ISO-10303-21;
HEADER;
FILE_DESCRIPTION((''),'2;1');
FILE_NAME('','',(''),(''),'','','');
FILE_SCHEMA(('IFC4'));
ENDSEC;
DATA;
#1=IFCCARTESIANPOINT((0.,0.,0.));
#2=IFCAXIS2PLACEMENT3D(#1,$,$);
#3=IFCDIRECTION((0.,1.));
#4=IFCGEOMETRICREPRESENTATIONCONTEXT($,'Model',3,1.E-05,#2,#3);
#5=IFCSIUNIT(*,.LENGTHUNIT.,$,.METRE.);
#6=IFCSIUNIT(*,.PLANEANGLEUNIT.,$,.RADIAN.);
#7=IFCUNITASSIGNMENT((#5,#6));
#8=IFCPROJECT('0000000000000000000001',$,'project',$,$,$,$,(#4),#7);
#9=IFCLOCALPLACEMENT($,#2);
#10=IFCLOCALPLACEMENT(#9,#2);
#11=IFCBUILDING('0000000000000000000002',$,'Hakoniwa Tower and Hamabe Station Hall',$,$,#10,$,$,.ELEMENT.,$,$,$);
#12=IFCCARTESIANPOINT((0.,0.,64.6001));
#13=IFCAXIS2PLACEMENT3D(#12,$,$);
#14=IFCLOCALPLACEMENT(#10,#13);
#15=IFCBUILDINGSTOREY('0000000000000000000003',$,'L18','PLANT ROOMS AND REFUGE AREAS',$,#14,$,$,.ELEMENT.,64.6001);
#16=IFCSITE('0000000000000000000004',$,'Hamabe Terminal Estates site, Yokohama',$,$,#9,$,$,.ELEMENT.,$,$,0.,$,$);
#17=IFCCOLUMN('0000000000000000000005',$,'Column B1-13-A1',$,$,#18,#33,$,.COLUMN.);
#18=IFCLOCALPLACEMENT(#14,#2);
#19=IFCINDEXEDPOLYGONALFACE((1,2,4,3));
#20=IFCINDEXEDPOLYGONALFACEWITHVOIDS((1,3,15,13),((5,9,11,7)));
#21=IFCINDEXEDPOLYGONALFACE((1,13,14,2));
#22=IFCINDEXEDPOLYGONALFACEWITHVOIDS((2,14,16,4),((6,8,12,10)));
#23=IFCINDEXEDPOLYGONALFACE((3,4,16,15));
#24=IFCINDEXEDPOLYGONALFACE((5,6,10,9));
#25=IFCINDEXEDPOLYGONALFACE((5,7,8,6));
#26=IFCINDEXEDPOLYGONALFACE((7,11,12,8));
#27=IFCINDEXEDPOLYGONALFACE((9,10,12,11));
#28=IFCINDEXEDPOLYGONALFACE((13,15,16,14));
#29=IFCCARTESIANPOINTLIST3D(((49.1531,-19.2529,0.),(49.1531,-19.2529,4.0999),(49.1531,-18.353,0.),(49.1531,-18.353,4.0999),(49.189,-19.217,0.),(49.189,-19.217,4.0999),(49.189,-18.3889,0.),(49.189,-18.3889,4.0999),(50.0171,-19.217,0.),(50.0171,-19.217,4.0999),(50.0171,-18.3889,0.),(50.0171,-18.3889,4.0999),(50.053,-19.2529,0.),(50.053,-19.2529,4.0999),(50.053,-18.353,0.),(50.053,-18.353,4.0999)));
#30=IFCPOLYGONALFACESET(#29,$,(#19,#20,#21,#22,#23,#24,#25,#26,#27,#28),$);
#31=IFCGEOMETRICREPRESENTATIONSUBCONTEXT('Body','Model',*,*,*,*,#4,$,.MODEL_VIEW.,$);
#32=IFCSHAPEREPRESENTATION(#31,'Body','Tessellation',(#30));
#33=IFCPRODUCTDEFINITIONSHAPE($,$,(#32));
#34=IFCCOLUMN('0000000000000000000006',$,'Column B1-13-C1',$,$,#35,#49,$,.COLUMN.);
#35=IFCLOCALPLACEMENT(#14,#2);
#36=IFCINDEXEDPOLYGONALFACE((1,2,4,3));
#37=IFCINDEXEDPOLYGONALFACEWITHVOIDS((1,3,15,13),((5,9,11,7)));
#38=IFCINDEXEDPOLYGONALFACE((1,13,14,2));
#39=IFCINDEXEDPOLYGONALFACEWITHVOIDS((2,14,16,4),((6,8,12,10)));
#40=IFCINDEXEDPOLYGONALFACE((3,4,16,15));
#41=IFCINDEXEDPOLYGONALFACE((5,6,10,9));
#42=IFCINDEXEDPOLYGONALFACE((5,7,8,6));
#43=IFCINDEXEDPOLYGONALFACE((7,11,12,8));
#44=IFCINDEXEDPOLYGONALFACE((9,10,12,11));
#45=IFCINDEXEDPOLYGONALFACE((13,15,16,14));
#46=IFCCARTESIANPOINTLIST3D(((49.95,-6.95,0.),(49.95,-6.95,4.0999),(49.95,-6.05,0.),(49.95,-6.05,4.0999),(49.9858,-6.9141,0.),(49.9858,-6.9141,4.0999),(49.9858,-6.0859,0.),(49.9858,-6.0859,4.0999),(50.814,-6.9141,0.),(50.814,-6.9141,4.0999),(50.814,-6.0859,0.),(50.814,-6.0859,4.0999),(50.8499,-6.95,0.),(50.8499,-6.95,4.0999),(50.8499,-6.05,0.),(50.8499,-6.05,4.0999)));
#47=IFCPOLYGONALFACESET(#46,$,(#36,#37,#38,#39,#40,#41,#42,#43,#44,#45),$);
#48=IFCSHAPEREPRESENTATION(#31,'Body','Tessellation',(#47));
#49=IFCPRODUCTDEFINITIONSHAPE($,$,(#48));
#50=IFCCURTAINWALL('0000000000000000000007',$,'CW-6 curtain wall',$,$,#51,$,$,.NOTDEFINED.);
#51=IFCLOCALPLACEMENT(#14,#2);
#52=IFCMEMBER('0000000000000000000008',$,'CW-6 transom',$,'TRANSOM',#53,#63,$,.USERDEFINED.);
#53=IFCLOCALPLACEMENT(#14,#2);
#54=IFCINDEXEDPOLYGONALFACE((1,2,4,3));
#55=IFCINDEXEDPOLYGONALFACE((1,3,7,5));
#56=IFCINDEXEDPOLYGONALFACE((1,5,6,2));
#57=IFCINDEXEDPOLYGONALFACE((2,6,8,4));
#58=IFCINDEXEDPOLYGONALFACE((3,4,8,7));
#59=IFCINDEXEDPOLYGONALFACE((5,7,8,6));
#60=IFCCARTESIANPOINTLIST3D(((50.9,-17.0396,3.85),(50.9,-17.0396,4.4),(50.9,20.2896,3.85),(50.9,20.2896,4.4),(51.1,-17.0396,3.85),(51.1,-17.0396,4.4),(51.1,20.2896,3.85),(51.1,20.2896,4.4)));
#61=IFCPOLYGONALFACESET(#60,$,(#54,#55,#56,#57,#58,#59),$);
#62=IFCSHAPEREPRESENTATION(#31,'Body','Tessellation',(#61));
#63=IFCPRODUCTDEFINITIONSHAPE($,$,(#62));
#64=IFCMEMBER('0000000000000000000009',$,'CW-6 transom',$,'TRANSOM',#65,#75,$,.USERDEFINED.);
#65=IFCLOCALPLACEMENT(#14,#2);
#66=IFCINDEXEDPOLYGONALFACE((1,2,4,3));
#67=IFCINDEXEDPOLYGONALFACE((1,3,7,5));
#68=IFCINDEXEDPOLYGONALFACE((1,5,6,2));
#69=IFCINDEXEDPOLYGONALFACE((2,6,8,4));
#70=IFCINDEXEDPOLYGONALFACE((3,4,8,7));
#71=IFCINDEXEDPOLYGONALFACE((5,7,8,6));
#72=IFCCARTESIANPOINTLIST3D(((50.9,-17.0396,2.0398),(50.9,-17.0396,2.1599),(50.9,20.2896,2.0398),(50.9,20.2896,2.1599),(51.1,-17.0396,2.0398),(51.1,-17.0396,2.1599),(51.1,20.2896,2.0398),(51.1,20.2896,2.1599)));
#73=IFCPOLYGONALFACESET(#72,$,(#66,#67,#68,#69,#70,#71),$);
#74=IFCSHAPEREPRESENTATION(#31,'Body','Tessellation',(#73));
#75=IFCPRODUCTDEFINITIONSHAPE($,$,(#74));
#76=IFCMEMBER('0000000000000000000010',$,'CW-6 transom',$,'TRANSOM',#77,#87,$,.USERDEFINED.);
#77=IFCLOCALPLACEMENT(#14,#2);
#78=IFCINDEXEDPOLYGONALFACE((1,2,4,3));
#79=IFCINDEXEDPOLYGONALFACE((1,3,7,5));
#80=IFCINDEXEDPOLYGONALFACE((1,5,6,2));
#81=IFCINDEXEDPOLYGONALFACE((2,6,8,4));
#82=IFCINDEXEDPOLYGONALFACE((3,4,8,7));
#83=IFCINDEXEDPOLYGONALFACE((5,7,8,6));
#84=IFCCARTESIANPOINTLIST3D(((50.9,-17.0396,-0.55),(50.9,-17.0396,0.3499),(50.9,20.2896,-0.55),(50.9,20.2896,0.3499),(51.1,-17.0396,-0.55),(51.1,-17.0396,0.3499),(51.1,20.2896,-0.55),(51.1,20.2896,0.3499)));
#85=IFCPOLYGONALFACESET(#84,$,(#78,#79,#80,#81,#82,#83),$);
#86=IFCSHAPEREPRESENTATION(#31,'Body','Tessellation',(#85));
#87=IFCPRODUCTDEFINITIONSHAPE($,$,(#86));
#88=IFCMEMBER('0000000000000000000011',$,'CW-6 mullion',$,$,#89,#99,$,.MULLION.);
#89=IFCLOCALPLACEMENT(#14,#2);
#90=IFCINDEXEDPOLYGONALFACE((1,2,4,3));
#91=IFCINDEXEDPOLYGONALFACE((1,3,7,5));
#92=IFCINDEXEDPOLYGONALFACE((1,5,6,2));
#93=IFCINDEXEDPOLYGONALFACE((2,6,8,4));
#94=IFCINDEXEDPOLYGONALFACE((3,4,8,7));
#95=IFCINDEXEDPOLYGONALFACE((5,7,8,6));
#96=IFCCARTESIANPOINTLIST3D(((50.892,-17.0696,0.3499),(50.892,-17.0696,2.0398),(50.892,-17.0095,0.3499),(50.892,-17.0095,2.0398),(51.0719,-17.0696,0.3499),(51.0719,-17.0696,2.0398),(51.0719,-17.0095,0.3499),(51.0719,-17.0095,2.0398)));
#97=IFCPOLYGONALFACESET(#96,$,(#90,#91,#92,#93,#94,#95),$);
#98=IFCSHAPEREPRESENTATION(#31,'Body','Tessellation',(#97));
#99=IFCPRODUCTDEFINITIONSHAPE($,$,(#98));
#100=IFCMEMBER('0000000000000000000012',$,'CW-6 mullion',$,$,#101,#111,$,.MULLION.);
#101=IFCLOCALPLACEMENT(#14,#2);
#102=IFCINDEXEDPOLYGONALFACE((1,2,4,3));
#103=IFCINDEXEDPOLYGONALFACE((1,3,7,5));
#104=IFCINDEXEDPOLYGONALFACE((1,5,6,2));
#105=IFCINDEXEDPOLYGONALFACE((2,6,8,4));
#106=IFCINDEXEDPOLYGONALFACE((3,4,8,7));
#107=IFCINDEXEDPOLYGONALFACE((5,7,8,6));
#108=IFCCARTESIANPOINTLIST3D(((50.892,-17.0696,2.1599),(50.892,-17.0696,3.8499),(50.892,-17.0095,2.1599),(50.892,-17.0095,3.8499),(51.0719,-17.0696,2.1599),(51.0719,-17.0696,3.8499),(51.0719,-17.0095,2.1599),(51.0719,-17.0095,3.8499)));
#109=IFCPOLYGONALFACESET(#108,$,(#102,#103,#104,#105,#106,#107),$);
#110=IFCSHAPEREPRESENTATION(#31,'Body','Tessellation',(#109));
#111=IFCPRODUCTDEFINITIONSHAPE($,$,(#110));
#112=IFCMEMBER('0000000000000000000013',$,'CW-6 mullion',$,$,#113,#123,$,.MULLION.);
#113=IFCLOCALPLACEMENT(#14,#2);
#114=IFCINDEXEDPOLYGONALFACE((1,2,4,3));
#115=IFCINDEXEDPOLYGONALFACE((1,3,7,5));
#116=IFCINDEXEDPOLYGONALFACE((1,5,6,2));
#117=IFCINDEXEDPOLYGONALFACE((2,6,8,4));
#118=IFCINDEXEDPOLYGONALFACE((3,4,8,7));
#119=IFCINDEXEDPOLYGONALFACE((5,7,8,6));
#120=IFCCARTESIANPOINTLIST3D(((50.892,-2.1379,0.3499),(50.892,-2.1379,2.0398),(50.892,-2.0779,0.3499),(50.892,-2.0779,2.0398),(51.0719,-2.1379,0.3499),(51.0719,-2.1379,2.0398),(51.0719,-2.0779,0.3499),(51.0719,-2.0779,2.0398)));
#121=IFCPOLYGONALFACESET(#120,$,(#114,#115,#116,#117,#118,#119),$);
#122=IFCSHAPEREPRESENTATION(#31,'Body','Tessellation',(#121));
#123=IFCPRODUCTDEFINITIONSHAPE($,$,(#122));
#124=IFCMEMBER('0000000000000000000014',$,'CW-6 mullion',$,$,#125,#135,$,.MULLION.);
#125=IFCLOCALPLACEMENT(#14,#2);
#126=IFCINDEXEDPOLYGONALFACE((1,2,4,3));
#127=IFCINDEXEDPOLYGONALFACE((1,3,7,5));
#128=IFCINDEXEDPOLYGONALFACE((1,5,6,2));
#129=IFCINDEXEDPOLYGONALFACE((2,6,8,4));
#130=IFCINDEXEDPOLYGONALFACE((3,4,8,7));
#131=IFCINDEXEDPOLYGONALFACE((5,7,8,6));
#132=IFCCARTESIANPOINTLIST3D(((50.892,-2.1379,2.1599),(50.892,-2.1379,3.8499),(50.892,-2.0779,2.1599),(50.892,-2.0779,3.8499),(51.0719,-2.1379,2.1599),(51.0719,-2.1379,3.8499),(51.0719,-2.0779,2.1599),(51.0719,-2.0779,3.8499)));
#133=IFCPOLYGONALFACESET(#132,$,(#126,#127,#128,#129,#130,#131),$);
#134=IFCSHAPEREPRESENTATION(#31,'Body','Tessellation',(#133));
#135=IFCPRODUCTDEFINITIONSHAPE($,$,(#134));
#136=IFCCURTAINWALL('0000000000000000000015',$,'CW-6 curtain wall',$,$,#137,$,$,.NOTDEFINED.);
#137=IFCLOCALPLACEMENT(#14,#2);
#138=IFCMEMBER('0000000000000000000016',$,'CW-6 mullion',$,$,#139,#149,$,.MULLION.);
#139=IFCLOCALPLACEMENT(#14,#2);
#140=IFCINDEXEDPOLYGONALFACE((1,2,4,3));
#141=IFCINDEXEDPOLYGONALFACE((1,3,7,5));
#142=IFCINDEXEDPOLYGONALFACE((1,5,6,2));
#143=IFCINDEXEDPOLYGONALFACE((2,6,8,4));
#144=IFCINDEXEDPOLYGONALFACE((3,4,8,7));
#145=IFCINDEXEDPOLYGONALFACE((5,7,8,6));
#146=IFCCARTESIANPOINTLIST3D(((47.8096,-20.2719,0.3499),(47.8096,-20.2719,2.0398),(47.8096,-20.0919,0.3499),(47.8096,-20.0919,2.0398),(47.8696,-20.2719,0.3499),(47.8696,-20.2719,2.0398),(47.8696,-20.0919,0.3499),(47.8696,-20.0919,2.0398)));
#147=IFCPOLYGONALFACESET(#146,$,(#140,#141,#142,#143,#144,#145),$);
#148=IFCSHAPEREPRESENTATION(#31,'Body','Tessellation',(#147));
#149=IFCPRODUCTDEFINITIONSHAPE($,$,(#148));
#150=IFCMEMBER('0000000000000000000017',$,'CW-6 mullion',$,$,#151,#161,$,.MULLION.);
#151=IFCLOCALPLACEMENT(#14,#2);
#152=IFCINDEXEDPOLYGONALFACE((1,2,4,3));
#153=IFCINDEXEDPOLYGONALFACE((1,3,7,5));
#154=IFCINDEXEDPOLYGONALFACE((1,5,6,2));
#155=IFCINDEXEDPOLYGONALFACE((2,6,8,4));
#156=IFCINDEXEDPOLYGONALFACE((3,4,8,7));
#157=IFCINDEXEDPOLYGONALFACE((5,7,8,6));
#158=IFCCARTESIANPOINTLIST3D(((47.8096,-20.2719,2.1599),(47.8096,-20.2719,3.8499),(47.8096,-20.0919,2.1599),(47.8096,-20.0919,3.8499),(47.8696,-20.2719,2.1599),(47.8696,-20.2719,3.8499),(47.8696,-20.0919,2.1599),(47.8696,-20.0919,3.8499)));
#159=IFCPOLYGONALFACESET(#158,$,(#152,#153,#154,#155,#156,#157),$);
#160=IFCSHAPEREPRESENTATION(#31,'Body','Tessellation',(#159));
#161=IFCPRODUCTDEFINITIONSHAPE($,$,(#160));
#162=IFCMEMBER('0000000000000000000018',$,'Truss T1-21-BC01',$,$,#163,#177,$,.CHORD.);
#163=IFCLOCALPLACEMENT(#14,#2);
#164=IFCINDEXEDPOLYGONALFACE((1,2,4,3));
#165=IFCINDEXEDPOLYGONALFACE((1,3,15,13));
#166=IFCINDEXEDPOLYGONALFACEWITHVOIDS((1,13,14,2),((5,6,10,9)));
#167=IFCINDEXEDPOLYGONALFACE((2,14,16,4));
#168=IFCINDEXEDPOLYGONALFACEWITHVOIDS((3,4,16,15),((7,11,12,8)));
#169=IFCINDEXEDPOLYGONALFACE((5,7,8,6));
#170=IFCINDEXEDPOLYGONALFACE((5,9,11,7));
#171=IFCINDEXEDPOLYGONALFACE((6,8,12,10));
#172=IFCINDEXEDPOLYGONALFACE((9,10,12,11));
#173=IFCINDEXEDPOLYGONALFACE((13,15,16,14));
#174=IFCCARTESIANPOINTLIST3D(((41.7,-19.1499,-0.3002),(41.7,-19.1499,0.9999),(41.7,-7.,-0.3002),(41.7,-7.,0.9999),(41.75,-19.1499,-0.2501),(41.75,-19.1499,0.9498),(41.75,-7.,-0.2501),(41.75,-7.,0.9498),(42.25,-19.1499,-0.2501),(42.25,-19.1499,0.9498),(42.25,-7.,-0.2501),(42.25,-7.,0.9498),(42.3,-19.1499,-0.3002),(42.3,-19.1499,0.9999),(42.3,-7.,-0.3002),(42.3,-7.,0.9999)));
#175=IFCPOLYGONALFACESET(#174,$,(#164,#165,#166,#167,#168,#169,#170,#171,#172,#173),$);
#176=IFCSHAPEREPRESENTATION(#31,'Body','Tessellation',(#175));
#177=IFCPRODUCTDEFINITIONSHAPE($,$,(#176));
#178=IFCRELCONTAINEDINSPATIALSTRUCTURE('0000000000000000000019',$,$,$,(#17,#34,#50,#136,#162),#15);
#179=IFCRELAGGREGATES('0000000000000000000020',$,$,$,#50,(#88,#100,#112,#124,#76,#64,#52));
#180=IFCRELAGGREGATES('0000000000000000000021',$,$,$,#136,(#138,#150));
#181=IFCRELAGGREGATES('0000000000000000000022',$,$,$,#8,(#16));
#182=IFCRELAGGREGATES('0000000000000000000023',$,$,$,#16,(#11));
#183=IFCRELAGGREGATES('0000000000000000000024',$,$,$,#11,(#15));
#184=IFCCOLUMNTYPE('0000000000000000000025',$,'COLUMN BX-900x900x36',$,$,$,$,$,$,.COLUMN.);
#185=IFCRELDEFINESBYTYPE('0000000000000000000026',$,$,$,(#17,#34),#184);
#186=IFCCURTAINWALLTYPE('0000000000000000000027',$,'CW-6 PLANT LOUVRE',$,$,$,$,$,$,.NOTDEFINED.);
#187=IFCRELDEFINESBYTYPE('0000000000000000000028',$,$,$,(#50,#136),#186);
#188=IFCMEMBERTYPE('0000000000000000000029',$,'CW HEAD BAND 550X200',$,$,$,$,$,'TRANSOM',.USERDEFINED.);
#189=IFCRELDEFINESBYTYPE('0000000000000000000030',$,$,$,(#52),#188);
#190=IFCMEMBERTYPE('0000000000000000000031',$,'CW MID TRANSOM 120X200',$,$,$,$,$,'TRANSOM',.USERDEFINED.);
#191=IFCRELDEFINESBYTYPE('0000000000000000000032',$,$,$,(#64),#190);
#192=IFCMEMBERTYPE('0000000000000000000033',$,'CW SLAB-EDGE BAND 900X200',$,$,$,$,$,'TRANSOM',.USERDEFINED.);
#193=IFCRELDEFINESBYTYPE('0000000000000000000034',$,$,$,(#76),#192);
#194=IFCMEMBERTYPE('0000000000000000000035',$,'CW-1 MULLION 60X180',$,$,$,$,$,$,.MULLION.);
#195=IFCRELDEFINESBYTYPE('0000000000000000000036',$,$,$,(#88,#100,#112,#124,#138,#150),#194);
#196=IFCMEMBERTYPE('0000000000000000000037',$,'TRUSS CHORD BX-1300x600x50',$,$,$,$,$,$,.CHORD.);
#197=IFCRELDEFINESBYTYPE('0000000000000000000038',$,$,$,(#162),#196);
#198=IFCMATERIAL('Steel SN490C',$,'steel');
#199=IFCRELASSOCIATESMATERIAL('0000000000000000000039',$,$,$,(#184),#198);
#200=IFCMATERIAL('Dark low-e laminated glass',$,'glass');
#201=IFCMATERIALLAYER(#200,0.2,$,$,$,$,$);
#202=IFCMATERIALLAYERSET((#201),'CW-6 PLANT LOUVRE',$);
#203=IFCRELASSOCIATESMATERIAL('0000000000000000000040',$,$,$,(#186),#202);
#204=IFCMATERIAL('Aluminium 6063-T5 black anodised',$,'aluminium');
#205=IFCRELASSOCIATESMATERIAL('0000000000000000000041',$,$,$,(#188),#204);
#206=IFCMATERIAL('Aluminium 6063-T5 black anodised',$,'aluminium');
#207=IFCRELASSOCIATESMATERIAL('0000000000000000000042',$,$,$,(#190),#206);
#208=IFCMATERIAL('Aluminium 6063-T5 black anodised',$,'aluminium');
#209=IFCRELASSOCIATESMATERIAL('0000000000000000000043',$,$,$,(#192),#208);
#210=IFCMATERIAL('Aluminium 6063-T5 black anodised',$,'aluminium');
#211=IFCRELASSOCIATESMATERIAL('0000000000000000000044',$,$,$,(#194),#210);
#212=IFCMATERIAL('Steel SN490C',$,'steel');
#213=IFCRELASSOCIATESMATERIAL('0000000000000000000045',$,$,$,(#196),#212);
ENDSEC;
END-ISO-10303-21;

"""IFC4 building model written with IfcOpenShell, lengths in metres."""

from ifc_helpers import new_model, si_unit, direction, frame, origin, origin_2d, place, context, subcontext, project, spatial, rectangle, hollow_rectangle, extrude, material, layer, layer_set, material_profile, profile_set, type_object, element, aggregate, save


model = new_model("IFC4")

# Units and contexts
model_context = context("Model", 3, precision=1e-05, world=origin(), true_north=direction((0.0, 1.0)))
body_context = subcontext(model_context, "Body", "Model", "MODEL_VIEW")
ifc_project = project(units=[si_unit("LENGTHUNIT", "METRE"), si_unit("PLANEANGLEUNIT", "RADIAN")], contexts=[model_context])

# Site, building, storey
site_placement = place(None, origin())
site = spatial("IfcSite", under=ifc_project, at=site_placement, Name="Hamabe Terminal Estates site, Yokohama", CompositionType="ELEMENT", RefElevation=0.0)
building_placement = place(site_placement, origin())
building = spatial("IfcBuilding", under=site, at=building_placement, Name="Hakoniwa Tower and Hamabe Station Hall", CompositionType="ELEMENT")
storey_placement = place(building_placement, frame((0.0, 0.0, 64.6001)))
storey = spatial("IfcBuildingStorey", under=building, at=storey_placement, Name="L18", Description="PLANT ROOMS AND REFUGE AREAS", CompositionType="ELEMENT", Elevation=64.6001)

# Columns
ifc_material_1 = material(Name="Steel SN490C", Category="steel")
ifc_material_profile_1 = material_profile(ifc_material_1, hollow_rectangle(XDim=0.8999, YDim=0.8999, WallThickness=0.0359, at=origin_2d()), Name="BX-900x900x36")
ifc_profile_set_1 = profile_set([ifc_material_profile_1], Name="Steel SN490C")
column_type = type_object("IfcColumnType", Name="COLUMN BX-900x900x36", PredefinedType="COLUMN", material=ifc_profile_set_1)
for number, where, z_axis, x_axis, name in (
    (1, (49.603, -18.803, 0.0), (0.0, 0.0, 1.0), (1.0, 0.0, 0.0), "Column B1-13-A1"),
    (2, (50.3999, -6.5, 0.0), (0.0, 0.0, 1.0), (1.0, 0.0, 0.0), "Column B1-13-C1"),
):
    element("IfcColumn", number, at=place(storey_placement, frame(where, z_axis=z_axis, x_axis=x_axis)), inside=storey, type_object=column_type, Name=name, PredefinedType="COLUMN", context=body_context, shape_type="SweptSolid", body=[
        extrude(hollow_rectangle(XDim=0.8999, YDim=0.8999, WallThickness=0.0359, at=origin_2d()), origin(), (0.0, 0.0, 1.0), 4.0999),
    ])

# Curtain walls, members
ifc_material_2 = material(Name="Dark low-e laminated glass", Category="glass")
ifc_layer_1 = layer(ifc_material_2, 0.2)
ifc_layer_set_1 = layer_set([ifc_layer_1], Name="CW-6 PLANT LOUVRE")
curtain_wall_type = type_object("IfcCurtainWallType", Name="CW-6 PLANT LOUVRE", PredefinedType="NOTDEFINED", material=ifc_layer_set_1)
curtain_wall_1_placement = place(storey_placement, origin())
curtain_wall_1 = element("IfcCurtainWall", 3, at=curtain_wall_1_placement, inside=storey, type_object=curtain_wall_type, Name="CW-6 curtain wall", PredefinedType="NOTDEFINED")
ifc_material_3 = material(Name="Aluminium 6063-T5 black anodised", Category="aluminium")
ifc_material_profile_2 = material_profile(ifc_material_3, rectangle(XDim=0.2, YDim=0.55, at=origin_2d()), Name="CW HEAD BAND 550X200")
ifc_profile_set_2 = profile_set([ifc_material_profile_2], Name="Aluminium 6063-T5 black anodised")
member_type_1 = type_object("IfcMemberType", Name="CW HEAD BAND 550X200", ElementType="TRANSOM", PredefinedType="USERDEFINED", material=ifc_profile_set_2)
member_1_placement = place(storey_placement, frame((51.0, -17.0396, 4.125), z_axis=(0.0, 1.0, 0.0), x_axis=(-1.0, 0.0, 0.0)))
member_1 = element("IfcMember", 4, at=member_1_placement, type_object=member_type_1, Name="CW-6 transom", ObjectType="TRANSOM", PredefinedType="USERDEFINED", context=body_context, shape_type="SweptSolid", body=[
    extrude(rectangle(XDim=0.2, YDim=0.55, at=origin_2d()), origin(), (0.0, 0.0, 1.0), 37.3291),
])
ifc_material_4 = material(Name="Aluminium 6063-T5 black anodised", Category="aluminium")
ifc_material_profile_3 = material_profile(ifc_material_4, rectangle(XDim=0.2, YDim=0.1201, at=origin_2d()), Name="CW MID TRANSOM 120X200")
ifc_profile_set_3 = profile_set([ifc_material_profile_3], Name="Aluminium 6063-T5 black anodised")
member_type_2 = type_object("IfcMemberType", Name="CW MID TRANSOM 120X200", ElementType="TRANSOM", PredefinedType="USERDEFINED", material=ifc_profile_set_3)
member_2_placement = place(storey_placement, frame((51.0, -17.0396, 2.0999), z_axis=(0.0, 1.0, 0.0), x_axis=(-1.0, 0.0, 0.0)))
member_2 = element("IfcMember", 5, at=member_2_placement, type_object=member_type_2, Name="CW-6 transom", ObjectType="TRANSOM", PredefinedType="USERDEFINED", context=body_context, shape_type="SweptSolid", body=[
    extrude(rectangle(XDim=0.2, YDim=0.1201, at=origin_2d()), origin(), (0.0, 0.0, 1.0), 37.3291),
])
ifc_material_5 = material(Name="Aluminium 6063-T5 black anodised", Category="aluminium")
ifc_material_profile_4 = material_profile(ifc_material_5, rectangle(XDim=0.2, YDim=0.8999, at=origin_2d()), Name="CW SLAB-EDGE BAND 900X200")
ifc_profile_set_4 = profile_set([ifc_material_profile_4], Name="Aluminium 6063-T5 black anodised")
member_type_3 = type_object("IfcMemberType", Name="CW SLAB-EDGE BAND 900X200", ElementType="TRANSOM", PredefinedType="USERDEFINED", material=ifc_profile_set_4)
member_3_placement = place(storey_placement, frame((51.0, -17.0396, -0.1001), z_axis=(0.0, 1.0, 0.0), x_axis=(-1.0, 0.0, 0.0)))
member_3 = element("IfcMember", 6, at=member_3_placement, type_object=member_type_3, Name="CW-6 transom", ObjectType="TRANSOM", PredefinedType="USERDEFINED", context=body_context, shape_type="SweptSolid", body=[
    extrude(rectangle(XDim=0.2, YDim=0.8999, at=origin_2d()), origin(), (0.0, 0.0, 1.0), 37.3291),
])
ifc_material_6 = material(Name="Aluminium 6063-T5 black anodised", Category="aluminium")
ifc_material_profile_5 = material_profile(ifc_material_6, rectangle(XDim=0.0601, YDim=0.1799, at=origin_2d()), Name="CW-1 MULLION 60X180")
ifc_profile_set_5 = profile_set([ifc_material_profile_5], Name="Aluminium 6063-T5 black anodised")
member_type_4 = type_object("IfcMemberType", Name="CW-1 MULLION 60X180", PredefinedType="MULLION", material=ifc_profile_set_5)
member_4_placement = place(storey_placement, frame((50.9819, -17.0396, 0.3499), z_axis=(0.0, 0.0, 1.0), x_axis=(0.0, 1.0, 0.0)))
member_4 = element("IfcMember", 7, at=member_4_placement, type_object=member_type_4, Name="CW-6 mullion", PredefinedType="MULLION", context=body_context, shape_type="SweptSolid", body=[
    extrude(rectangle(XDim=0.0601, YDim=0.1799, at=origin_2d()), origin(), (0.0, 0.0, 1.0), 1.6899),
])
member_5_placement = place(storey_placement, frame((50.9819, -17.0396, 2.1599), z_axis=(0.0, 0.0, 1.0), x_axis=(0.0, 1.0, 0.0)))
member_5 = element("IfcMember", 8, at=member_5_placement, type_object=member_type_4, Name="CW-6 mullion", PredefinedType="MULLION", context=body_context, shape_type="SweptSolid", body=[
    extrude(rectangle(XDim=0.0601, YDim=0.1799, at=origin_2d()), origin(), (0.0, 0.0, 1.0), 1.6899),
])
member_6_placement = place(storey_placement, frame((50.9819, -2.1079, 0.3499), z_axis=(0.0, 0.0, 1.0), x_axis=(0.0, 1.0, 0.0)))
member_6 = element("IfcMember", 9, at=member_6_placement, type_object=member_type_4, Name="CW-6 mullion", PredefinedType="MULLION", context=body_context, shape_type="SweptSolid", body=[
    extrude(rectangle(XDim=0.0601, YDim=0.1799, at=origin_2d()), origin(), (0.0, 0.0, 1.0), 1.6899),
])
member_7_placement = place(storey_placement, frame((50.9819, -2.1079, 2.1599), z_axis=(0.0, 0.0, 1.0), x_axis=(0.0, 1.0, 0.0)))
member_7 = element("IfcMember", 10, at=member_7_placement, type_object=member_type_4, Name="CW-6 mullion", PredefinedType="MULLION", context=body_context, shape_type="SweptSolid", body=[
    extrude(rectangle(XDim=0.0601, YDim=0.1799, at=origin_2d()), origin(), (0.0, 0.0, 1.0), 1.6899),
])
curtain_wall_2_placement = place(storey_placement, origin())
curtain_wall_2 = element("IfcCurtainWall", 11, at=curtain_wall_2_placement, inside=storey, type_object=curtain_wall_type, Name="CW-6 curtain wall", PredefinedType="NOTDEFINED")
member_8_placement = place(storey_placement, frame((47.8396, -20.1819, 0.3499), z_axis=(0.0, 0.0, 1.0), x_axis=(1.0, 0.0, 0.0)))
member_8 = element("IfcMember", 12, at=member_8_placement, type_object=member_type_4, Name="CW-6 mullion", PredefinedType="MULLION", context=body_context, shape_type="SweptSolid", body=[
    extrude(rectangle(XDim=0.0601, YDim=0.1799, at=origin_2d()), origin(), (0.0, 0.0, 1.0), 1.6899),
])
member_9_placement = place(storey_placement, frame((47.8396, -20.1819, 2.1599), z_axis=(0.0, 0.0, 1.0), x_axis=(1.0, 0.0, 0.0)))
member_9 = element("IfcMember", 13, at=member_9_placement, type_object=member_type_4, Name="CW-6 mullion", PredefinedType="MULLION", context=body_context, shape_type="SweptSolid", body=[
    extrude(rectangle(XDim=0.0601, YDim=0.1799, at=origin_2d()), origin(), (0.0, 0.0, 1.0), 1.6899),
])

# Member
ifc_material_7 = material(Name="Steel SN490C", Category="steel")
ifc_material_profile_6 = material_profile(ifc_material_7, hollow_rectangle(XDim=0.6001, YDim=1.3, WallThickness=0.05, at=origin_2d()), Name="BX-1300x600x50")
ifc_profile_set_6 = profile_set([ifc_material_profile_6], Name="Steel SN490C")
member_type_5 = type_object("IfcMemberType", Name="TRUSS CHORD BX-1300x600x50", PredefinedType="CHORD", material=ifc_profile_set_6)
member_10_placement = place(storey_placement, frame((42.0, -19.1499, 0.3499), z_axis=(0.0, 1.0, 0.0), x_axis=(-1.0, 0.0, 0.0)))
element("IfcMember", 14, at=member_10_placement, inside=storey, type_object=member_type_5, Name="Truss T1-21-BC01", PredefinedType="CHORD", context=body_context, shape_type="SweptSolid", body=[
    extrude(hollow_rectangle(XDim=0.6001, YDim=1.3, WallThickness=0.05, at=origin_2d()), origin(), (0.0, 0.0, 1.0), 12.1499),
])

aggregate(curtain_wall_1, [member_4, member_5, member_6, member_7, member_3, member_2, member_1])
aggregate(curtain_wall_2, [member_8, member_9])

save(model, "model.ifc")
